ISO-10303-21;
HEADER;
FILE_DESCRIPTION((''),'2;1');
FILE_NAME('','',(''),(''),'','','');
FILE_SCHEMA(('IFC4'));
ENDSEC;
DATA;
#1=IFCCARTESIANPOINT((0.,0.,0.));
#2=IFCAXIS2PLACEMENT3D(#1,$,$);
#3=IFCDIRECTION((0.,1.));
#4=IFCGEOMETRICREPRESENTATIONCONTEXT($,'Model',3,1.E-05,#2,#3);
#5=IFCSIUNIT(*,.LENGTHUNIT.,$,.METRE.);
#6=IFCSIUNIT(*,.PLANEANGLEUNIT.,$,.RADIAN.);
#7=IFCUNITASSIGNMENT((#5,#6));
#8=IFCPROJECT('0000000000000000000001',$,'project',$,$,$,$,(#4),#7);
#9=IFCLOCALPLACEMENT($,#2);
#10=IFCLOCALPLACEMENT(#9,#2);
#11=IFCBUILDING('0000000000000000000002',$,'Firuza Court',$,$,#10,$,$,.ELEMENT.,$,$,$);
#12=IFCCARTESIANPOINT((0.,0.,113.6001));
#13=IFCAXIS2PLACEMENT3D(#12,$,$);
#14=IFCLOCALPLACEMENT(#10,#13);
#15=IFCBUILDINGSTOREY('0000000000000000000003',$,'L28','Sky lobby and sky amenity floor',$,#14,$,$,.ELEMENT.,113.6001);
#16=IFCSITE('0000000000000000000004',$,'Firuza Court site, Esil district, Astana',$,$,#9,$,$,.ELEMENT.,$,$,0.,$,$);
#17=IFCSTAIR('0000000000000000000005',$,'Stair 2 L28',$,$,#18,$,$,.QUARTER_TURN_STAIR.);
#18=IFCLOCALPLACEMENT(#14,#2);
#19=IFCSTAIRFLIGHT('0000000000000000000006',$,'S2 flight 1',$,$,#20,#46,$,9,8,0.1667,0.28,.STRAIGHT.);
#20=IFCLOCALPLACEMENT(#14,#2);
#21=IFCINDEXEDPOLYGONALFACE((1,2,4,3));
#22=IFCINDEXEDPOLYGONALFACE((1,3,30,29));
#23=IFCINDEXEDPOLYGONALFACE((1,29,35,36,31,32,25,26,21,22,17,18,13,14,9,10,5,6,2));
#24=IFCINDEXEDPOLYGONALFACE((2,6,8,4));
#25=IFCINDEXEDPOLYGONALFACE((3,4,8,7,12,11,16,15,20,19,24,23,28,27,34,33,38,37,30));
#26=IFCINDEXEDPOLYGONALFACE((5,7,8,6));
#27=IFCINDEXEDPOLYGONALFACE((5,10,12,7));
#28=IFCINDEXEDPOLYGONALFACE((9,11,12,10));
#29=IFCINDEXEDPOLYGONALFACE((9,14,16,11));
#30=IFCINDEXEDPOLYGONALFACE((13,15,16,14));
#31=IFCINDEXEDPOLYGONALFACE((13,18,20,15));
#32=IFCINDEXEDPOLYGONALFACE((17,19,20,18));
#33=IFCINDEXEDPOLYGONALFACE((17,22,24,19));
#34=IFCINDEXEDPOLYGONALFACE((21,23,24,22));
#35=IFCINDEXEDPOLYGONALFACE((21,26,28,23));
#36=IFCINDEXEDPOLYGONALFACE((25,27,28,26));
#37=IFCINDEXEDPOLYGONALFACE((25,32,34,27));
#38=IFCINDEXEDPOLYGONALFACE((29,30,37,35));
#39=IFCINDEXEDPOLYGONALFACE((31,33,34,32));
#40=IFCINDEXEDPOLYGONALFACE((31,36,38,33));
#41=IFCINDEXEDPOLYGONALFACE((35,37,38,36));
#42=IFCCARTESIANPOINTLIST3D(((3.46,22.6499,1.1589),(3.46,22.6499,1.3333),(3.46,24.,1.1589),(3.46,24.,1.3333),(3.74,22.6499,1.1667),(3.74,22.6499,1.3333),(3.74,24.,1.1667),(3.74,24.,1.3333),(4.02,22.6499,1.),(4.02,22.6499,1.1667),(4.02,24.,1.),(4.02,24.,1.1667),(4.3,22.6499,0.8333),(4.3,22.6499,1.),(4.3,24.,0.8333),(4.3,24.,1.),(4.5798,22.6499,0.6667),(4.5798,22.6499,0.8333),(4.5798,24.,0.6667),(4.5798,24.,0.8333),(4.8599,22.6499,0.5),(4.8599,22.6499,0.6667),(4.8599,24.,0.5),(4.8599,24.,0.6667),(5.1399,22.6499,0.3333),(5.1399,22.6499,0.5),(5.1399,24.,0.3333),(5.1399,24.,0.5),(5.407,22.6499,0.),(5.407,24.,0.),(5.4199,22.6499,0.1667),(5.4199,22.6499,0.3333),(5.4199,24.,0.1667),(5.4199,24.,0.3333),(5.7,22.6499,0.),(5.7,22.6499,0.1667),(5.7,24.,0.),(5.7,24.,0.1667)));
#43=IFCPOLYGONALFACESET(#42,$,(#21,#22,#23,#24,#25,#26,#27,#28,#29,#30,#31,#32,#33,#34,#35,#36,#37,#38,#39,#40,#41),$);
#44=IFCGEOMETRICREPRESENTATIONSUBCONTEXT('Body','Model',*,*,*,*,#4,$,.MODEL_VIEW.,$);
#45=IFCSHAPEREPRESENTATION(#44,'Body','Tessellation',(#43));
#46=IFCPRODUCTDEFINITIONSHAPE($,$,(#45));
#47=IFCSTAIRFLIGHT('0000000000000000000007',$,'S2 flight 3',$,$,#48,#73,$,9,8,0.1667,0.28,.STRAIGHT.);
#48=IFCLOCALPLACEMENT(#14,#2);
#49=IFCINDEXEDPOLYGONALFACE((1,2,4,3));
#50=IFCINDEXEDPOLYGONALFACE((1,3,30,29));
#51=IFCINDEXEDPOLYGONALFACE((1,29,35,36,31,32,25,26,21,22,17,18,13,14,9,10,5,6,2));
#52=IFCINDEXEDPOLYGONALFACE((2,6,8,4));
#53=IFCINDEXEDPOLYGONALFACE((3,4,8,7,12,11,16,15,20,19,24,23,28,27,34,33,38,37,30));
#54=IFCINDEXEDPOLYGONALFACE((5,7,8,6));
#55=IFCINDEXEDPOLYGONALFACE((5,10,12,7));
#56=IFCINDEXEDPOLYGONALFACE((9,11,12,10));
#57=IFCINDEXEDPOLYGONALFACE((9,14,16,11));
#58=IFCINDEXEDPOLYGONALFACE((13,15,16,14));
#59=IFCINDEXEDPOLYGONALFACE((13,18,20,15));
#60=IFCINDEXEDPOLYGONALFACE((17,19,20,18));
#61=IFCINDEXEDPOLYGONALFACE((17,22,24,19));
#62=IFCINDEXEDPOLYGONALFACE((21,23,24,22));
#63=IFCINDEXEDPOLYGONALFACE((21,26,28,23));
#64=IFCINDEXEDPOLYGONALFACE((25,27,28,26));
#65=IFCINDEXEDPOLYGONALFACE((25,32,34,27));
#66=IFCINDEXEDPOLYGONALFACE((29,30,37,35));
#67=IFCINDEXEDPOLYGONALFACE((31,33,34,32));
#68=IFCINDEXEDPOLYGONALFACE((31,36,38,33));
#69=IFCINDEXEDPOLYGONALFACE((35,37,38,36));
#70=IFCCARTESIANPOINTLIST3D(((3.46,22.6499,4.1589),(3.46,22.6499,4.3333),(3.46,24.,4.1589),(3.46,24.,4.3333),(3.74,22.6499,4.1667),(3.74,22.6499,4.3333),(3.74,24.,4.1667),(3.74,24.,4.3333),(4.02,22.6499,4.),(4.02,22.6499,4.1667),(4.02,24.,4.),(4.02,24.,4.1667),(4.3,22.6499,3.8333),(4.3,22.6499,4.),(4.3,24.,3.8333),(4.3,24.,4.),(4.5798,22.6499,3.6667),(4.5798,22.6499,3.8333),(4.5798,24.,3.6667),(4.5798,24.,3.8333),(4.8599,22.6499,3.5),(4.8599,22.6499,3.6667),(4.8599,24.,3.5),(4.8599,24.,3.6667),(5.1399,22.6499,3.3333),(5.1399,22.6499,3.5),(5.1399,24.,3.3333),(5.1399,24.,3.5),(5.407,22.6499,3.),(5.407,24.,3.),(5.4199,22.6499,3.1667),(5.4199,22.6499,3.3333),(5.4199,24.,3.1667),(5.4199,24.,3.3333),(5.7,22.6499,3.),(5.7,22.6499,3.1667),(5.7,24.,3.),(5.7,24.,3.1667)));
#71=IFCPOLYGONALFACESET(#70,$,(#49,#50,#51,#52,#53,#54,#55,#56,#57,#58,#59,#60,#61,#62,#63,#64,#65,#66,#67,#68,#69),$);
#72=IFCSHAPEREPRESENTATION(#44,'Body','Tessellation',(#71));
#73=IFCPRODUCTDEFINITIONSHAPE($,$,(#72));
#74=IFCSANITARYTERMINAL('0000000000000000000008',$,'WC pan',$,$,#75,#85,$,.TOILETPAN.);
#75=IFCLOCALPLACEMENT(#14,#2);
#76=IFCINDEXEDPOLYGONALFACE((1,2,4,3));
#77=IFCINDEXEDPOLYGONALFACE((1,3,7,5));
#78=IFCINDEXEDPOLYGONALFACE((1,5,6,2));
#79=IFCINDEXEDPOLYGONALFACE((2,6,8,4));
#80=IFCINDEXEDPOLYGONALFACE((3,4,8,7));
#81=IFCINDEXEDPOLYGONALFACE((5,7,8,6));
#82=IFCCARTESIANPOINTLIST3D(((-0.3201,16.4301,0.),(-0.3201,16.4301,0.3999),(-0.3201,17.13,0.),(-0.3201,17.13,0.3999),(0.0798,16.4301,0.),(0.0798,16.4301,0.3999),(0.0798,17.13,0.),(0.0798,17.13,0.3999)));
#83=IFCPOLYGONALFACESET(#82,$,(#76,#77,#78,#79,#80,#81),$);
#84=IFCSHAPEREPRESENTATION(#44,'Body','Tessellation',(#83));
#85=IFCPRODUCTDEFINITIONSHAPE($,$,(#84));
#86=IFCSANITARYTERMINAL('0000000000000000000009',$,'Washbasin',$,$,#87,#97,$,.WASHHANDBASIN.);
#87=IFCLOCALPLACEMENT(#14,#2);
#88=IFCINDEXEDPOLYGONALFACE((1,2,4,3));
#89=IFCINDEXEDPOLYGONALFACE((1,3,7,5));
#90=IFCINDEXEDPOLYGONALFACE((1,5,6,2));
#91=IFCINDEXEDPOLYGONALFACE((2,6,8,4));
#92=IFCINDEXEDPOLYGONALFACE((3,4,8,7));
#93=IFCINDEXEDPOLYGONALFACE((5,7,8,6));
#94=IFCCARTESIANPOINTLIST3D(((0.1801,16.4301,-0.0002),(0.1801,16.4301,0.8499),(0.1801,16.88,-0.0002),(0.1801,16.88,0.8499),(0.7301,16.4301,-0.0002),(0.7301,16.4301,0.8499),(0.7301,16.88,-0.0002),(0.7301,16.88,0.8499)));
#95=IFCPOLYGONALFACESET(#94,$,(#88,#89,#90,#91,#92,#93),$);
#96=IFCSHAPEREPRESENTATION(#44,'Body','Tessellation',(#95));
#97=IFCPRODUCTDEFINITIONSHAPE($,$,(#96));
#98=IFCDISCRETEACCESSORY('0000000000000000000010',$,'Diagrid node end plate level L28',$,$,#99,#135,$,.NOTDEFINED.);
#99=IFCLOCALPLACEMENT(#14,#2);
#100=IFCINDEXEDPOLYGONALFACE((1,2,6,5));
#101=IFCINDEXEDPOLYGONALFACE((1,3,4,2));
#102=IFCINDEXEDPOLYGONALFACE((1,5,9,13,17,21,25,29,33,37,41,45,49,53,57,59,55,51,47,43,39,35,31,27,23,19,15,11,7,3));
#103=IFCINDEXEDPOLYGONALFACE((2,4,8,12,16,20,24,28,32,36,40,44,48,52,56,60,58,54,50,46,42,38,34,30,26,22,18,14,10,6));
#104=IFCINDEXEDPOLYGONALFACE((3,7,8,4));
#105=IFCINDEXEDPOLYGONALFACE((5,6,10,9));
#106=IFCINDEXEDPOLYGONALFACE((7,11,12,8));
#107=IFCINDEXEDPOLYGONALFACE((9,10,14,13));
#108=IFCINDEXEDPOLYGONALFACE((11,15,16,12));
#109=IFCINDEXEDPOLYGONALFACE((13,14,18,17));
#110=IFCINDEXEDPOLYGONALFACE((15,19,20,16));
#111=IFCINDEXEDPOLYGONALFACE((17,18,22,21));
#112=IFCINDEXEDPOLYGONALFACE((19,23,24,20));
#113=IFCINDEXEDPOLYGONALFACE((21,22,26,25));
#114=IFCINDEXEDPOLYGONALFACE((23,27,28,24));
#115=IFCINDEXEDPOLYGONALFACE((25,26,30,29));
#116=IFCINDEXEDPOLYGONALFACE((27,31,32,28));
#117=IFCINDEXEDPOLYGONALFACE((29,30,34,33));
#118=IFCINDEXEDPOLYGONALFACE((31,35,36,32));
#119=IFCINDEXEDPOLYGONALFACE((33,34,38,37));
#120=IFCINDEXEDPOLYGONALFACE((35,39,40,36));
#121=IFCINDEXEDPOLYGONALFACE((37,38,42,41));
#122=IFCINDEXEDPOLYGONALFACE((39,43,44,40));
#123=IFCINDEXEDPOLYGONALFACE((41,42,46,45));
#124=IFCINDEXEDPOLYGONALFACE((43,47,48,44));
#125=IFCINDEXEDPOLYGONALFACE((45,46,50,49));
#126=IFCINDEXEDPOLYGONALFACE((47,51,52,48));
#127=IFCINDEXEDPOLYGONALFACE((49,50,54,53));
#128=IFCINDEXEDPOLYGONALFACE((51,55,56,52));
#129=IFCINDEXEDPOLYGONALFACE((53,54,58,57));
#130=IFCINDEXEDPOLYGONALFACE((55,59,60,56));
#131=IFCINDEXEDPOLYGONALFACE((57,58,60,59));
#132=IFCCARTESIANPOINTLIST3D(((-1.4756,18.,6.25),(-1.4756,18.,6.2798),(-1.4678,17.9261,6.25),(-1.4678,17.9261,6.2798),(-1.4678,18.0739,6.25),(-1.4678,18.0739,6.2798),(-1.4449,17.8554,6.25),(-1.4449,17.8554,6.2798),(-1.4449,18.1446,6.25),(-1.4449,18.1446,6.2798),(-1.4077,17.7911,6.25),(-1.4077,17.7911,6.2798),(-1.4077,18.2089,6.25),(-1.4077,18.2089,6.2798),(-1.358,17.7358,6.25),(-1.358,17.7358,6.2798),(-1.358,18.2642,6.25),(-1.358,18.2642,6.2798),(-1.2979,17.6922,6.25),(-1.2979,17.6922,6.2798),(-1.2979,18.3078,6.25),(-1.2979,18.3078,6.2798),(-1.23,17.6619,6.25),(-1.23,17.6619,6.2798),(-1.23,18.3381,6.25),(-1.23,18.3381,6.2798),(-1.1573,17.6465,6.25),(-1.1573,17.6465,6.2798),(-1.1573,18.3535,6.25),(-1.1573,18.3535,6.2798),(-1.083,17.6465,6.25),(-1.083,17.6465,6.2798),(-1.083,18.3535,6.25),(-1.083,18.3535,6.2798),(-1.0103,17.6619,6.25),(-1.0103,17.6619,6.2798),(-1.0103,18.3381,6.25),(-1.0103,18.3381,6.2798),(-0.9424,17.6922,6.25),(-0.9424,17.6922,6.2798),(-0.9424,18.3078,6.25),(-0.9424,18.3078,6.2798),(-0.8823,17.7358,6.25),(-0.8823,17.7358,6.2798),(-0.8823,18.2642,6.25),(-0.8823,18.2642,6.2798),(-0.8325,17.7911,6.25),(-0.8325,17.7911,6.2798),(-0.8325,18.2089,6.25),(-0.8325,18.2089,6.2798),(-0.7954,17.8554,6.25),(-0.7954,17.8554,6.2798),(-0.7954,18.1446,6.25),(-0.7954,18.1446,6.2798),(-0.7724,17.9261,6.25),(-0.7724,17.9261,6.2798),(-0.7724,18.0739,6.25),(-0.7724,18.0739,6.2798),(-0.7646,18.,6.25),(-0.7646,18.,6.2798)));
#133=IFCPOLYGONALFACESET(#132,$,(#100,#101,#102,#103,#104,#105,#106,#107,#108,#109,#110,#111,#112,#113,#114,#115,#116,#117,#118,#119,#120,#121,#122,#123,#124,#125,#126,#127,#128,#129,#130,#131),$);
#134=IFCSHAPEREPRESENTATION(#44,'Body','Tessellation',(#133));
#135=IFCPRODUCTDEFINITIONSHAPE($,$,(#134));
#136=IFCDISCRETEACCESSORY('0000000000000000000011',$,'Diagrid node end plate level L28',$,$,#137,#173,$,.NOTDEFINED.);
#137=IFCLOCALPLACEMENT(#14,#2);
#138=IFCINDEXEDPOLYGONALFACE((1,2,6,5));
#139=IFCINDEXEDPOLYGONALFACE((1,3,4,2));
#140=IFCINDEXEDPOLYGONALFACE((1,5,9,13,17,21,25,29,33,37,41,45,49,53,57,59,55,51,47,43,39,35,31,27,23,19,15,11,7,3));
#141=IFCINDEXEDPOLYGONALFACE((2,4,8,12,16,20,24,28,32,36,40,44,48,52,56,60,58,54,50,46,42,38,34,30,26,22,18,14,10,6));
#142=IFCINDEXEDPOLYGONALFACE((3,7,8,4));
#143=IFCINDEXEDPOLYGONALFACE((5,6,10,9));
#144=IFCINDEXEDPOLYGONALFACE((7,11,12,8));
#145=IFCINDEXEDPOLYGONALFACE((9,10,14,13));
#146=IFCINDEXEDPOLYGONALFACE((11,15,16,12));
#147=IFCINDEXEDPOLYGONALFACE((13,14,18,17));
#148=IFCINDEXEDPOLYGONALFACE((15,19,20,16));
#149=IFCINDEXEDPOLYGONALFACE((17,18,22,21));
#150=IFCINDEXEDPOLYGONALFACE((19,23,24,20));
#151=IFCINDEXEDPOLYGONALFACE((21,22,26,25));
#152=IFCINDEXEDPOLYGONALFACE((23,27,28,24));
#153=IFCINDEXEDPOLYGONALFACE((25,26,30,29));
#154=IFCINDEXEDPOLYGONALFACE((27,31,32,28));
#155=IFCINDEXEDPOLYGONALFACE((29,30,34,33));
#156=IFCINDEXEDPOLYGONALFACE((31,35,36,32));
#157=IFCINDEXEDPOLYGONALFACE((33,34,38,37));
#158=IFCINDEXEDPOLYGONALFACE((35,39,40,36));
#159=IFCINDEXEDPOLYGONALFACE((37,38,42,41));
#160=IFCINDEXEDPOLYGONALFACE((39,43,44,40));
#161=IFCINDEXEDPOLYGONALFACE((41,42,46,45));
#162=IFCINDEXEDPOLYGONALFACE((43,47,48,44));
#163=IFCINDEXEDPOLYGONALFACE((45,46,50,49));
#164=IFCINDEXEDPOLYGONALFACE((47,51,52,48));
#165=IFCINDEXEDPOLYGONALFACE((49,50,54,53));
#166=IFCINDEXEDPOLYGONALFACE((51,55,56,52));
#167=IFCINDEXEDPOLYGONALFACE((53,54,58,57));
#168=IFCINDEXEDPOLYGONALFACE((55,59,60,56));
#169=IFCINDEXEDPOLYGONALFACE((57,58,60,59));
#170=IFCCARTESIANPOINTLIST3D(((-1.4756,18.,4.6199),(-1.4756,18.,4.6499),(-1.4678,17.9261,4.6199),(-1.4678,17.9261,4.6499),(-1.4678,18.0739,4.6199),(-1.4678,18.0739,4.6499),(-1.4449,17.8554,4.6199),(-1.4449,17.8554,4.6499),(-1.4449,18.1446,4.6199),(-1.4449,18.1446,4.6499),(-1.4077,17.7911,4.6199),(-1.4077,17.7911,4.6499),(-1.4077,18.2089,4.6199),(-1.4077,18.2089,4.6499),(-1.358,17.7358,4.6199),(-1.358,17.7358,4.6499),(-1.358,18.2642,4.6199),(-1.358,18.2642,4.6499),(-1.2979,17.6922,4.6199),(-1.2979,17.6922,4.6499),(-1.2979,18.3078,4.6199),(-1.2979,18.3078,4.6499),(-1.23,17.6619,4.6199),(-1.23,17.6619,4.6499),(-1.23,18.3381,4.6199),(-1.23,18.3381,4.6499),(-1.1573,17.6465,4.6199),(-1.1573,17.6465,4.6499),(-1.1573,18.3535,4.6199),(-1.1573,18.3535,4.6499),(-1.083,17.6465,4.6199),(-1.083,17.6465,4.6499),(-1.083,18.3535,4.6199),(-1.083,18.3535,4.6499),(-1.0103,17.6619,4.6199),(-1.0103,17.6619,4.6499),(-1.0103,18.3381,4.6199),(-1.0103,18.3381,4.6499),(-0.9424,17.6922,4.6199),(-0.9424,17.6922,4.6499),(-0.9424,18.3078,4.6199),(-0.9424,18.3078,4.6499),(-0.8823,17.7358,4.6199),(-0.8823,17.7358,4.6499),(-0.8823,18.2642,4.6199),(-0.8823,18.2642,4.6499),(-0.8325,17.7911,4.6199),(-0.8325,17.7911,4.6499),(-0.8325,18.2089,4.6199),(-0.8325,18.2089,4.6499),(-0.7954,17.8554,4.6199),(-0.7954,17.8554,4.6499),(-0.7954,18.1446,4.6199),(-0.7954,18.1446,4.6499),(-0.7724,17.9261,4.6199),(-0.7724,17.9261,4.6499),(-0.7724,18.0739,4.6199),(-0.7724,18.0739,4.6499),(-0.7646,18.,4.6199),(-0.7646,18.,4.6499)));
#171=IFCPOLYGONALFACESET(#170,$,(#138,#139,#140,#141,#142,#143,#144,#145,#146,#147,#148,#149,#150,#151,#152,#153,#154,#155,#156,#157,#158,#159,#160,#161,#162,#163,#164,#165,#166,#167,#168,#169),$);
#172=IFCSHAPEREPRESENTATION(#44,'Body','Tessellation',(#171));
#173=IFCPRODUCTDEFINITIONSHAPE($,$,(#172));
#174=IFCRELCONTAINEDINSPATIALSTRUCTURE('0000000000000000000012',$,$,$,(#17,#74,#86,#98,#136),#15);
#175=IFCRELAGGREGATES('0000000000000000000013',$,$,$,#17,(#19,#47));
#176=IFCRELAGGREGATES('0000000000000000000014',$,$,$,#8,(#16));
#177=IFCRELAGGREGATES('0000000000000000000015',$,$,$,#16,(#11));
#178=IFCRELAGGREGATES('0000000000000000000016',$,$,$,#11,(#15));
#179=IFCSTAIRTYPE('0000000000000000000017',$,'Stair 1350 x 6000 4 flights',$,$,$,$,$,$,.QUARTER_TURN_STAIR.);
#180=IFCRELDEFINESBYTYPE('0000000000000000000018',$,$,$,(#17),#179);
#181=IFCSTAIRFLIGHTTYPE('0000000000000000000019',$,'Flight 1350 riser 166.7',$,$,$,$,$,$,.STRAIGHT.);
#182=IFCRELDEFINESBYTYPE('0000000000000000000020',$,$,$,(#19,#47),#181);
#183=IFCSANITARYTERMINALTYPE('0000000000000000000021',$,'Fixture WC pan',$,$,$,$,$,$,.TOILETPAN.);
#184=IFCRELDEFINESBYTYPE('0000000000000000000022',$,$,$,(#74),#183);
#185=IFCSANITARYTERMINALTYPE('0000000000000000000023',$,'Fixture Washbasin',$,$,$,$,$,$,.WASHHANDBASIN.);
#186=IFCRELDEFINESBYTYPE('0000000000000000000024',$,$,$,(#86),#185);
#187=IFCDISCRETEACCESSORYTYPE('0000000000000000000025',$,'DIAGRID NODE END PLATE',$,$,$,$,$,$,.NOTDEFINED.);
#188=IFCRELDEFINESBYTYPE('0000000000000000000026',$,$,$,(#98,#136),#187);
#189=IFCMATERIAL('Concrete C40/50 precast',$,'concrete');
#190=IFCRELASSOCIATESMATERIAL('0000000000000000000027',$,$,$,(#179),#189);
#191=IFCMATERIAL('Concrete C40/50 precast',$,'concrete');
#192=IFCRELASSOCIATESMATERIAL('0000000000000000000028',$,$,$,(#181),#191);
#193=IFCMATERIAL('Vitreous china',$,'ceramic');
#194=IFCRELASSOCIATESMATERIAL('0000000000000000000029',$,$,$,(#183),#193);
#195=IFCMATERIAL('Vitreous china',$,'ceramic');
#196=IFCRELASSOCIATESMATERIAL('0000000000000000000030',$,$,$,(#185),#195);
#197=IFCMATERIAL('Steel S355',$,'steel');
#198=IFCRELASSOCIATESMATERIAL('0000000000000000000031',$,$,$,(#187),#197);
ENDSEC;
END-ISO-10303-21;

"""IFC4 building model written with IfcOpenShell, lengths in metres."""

from ifc_helpers import new_model, si_unit, direction, frame, origin, origin_2d, place, context, subcontext, project, spatial, polyline, rectangle, circle, outline, extrude, material, material_profile, profile_set, type_object, element, aggregate, save


model = new_model("IFC4")

# Units and contexts
model_context = context("Model", 3, precision=1e-05, world=origin(), true_north=direction((0.0, 1.0)))
body_context = subcontext(model_context, "Body", "Model", "MODEL_VIEW")
ifc_project = project(units=[si_unit("LENGTHUNIT", "METRE"), si_unit("PLANEANGLEUNIT", "RADIAN")], contexts=[model_context])

# Site, building, storey
site_placement = place(None, origin())
site = spatial("IfcSite", under=ifc_project, at=site_placement, Name="Firuza Court site, Esil district, Astana", CompositionType="ELEMENT", RefElevation=0.0)
building_placement = place(site_placement, origin())
building = spatial("IfcBuilding", under=site, at=building_placement, Name="Firuza Court", CompositionType="ELEMENT")
storey_placement = place(building_placement, frame((0.0, 0.0, 113.6001)))
storey = spatial("IfcBuildingStorey", under=building, at=storey_placement, Name="L28", Description="Sky lobby and sky amenity floor", CompositionType="ELEMENT", Elevation=113.6001)

# Stair, stair flights
ifc_material_1 = material(Name="Concrete C40/50 precast", Category="concrete")
stair_type = type_object("IfcStairType", Name="Stair 1350 x 6000 4 flights", PredefinedType="QUARTER_TURN_STAIR", material=ifc_material_1)
stair_placement = place(storey_placement, origin())
stair = element("IfcStair", 1, at=stair_placement, inside=storey, type_object=stair_type, Name="Stair 2 L28", PredefinedType="QUARTER_TURN_STAIR")
ifc_material_2 = material(Name="Concrete C40/50 precast", Category="concrete")
stair_flight_type = type_object("IfcStairFlightType", Name="Flight 1350 riser 166.7", PredefinedType="STRAIGHT", material=ifc_material_2)
stair_flight_1_placement = place(storey_placement, frame((5.7, 23.325, 0.0), z_axis=(0.0, 0.0, 1.0), x_axis=(-1.0, 0.0, 0.0)))
stair_flight_1 = element("IfcStairFlight", 2, at=stair_flight_1_placement, type_object=stair_flight_type, Name="S2 flight 1", NumberOfRisers=9, NumberOfTreads=8, PredefinedType="STRAIGHT", RiserHeight=0.1667, TreadLength=0.28, context=body_context, shape_type="SweptSolid", body=[
    extrude(outline(polyline([(0.0, 0.0), (0.0, 0.1667), (0.28, 0.1667), (0.28, 0.3333), (0.5601, 0.3333), (0.5601, 0.5), (0.8401, 0.5), (0.8401, 0.6667), (1.1201, 0.6667), (1.1201, 0.8333), (1.3999, 0.8333), (1.3999, 1.0), (1.6799, 1.0), (1.6799, 1.1667), (1.96, 1.1667), (1.96, 1.3333), (2.24, 1.3333), (2.24, 1.5), (2.24, 1.1589), (0.293, 0.0), (0.0, 0.0)])), frame((0.0, 0.675, 0.0), z_axis=(0.0, -1.0, 0.0), x_axis=(1.0, 0.0, 0.0)), (0.0, 0.0, 1.0), 1.3501),
])
stair_flight_2_placement = place(storey_placement, frame((5.7, 23.325, 3.0), z_axis=(0.0, 0.0, 1.0), x_axis=(-1.0, 0.0, 0.0)))
stair_flight_2 = element("IfcStairFlight", 3, at=stair_flight_2_placement, type_object=stair_flight_type, Name="S2 flight 3", NumberOfRisers=9, NumberOfTreads=8, PredefinedType="STRAIGHT", RiserHeight=0.1667, TreadLength=0.28, context=body_context, shape_type="SweptSolid", body=[
    extrude(outline(polyline([(0.0, 0.0), (0.0, 0.1667), (0.28, 0.1667), (0.28, 0.3333), (0.5601, 0.3333), (0.5601, 0.5), (0.8401, 0.5), (0.8401, 0.6667), (1.1201, 0.6667), (1.1201, 0.8333), (1.3999, 0.8333), (1.3999, 1.0), (1.6799, 1.0), (1.6799, 1.1667), (1.96, 1.1667), (1.96, 1.3333), (2.24, 1.3333), (2.24, 1.5), (2.24, 1.1589), (0.293, 0.0), (0.0, 0.0)])), frame((0.0, 0.675, 0.0), z_axis=(0.0, -1.0, 0.0), x_axis=(1.0, 0.0, 0.0)), (0.0, 0.0, 1.0), 1.3501),
])
aggregate(stair, [stair_flight_1, stair_flight_2])

# Sanitary terminals
ifc_material_3 = material(Name="Vitreous china", Category="ceramic")
sanitary_terminal_type_1 = type_object("IfcSanitaryTerminalType", Name="Fixture WC pan", PredefinedType="TOILETPAN", material=ifc_material_3)
sanitary_terminal_1_placement = place(storey_placement, frame((-0.1201, 16.78, 0.0), z_axis=(0.0, 0.0, 1.0), x_axis=(1.0, 0.0, 0.0)))
element("IfcSanitaryTerminal", 4, at=sanitary_terminal_1_placement, inside=storey, type_object=sanitary_terminal_type_1, Name="WC pan", PredefinedType="TOILETPAN", context=body_context, shape_type="SweptSolid", body=[
    extrude(rectangle(XDim=0.3999, YDim=0.7, at=origin_2d()), origin(), (0.0, 0.0, 1.0), 0.3999),
])
ifc_material_4 = material(Name="Vitreous china", Category="ceramic")
sanitary_terminal_type_2 = type_object("IfcSanitaryTerminalType", Name="Fixture Washbasin", PredefinedType="WASHHANDBASIN", material=ifc_material_4)
sanitary_terminal_2_placement = place(storey_placement, frame((0.4551, 16.655, -0.0002), z_axis=(0.0, 0.0, 1.0), x_axis=(1.0, 0.0, 0.0)))
element("IfcSanitaryTerminal", 5, at=sanitary_terminal_2_placement, inside=storey, type_object=sanitary_terminal_type_2, Name="Washbasin", PredefinedType="WASHHANDBASIN", context=body_context, shape_type="SweptSolid", body=[
    extrude(rectangle(XDim=0.55, YDim=0.45, at=origin_2d()), origin(), (0.0, 0.0, 1.0), 0.8501),
])

# Discrete accessories
ifc_material_5 = material(Name="Steel S355", Category="steel")
ifc_material_profile_1 = material_profile(ifc_material_5, circle(Radius=0.3555, at=origin_2d()), Name="PL D711")
ifc_profile_set_1 = profile_set([ifc_material_profile_1], Name="Steel S355")
discrete_accessory_type = type_object("IfcDiscreteAccessoryType", Name="DIAGRID NODE END PLATE", PredefinedType="NOTDEFINED", material=ifc_profile_set_1)
discrete_accessory_1_placement = place(storey_placement, frame((-1.1201, 18.0, 6.25), z_axis=(0.0, 0.0, 1.0), x_axis=(1.0, 0.0, 0.0)))
element("IfcDiscreteAccessory", 6, at=discrete_accessory_1_placement, inside=storey, type_object=discrete_accessory_type, Name="Diagrid node end plate level L28", PredefinedType="NOTDEFINED", context=body_context, shape_type="SweptSolid", body=[
    extrude(circle(Radius=0.3555, at=origin_2d()), origin(), (0.0, 0.0, 1.0), 0.0298),
])
discrete_accessory_2_placement = place(storey_placement, frame((-1.1201, 18.0, 4.6199), z_axis=(0.0, 0.0, 1.0), x_axis=(1.0, 0.0, 0.0)))
element("IfcDiscreteAccessory", 7, at=discrete_accessory_2_placement, inside=storey, type_object=discrete_accessory_type, Name="Diagrid node end plate level L28", PredefinedType="NOTDEFINED", context=body_context, shape_type="SweptSolid", body=[
    extrude(circle(Radius=0.3555, at=origin_2d()), origin(), (0.0, 0.0, 1.0), 0.03),
])

save(model, "model.ifc")
